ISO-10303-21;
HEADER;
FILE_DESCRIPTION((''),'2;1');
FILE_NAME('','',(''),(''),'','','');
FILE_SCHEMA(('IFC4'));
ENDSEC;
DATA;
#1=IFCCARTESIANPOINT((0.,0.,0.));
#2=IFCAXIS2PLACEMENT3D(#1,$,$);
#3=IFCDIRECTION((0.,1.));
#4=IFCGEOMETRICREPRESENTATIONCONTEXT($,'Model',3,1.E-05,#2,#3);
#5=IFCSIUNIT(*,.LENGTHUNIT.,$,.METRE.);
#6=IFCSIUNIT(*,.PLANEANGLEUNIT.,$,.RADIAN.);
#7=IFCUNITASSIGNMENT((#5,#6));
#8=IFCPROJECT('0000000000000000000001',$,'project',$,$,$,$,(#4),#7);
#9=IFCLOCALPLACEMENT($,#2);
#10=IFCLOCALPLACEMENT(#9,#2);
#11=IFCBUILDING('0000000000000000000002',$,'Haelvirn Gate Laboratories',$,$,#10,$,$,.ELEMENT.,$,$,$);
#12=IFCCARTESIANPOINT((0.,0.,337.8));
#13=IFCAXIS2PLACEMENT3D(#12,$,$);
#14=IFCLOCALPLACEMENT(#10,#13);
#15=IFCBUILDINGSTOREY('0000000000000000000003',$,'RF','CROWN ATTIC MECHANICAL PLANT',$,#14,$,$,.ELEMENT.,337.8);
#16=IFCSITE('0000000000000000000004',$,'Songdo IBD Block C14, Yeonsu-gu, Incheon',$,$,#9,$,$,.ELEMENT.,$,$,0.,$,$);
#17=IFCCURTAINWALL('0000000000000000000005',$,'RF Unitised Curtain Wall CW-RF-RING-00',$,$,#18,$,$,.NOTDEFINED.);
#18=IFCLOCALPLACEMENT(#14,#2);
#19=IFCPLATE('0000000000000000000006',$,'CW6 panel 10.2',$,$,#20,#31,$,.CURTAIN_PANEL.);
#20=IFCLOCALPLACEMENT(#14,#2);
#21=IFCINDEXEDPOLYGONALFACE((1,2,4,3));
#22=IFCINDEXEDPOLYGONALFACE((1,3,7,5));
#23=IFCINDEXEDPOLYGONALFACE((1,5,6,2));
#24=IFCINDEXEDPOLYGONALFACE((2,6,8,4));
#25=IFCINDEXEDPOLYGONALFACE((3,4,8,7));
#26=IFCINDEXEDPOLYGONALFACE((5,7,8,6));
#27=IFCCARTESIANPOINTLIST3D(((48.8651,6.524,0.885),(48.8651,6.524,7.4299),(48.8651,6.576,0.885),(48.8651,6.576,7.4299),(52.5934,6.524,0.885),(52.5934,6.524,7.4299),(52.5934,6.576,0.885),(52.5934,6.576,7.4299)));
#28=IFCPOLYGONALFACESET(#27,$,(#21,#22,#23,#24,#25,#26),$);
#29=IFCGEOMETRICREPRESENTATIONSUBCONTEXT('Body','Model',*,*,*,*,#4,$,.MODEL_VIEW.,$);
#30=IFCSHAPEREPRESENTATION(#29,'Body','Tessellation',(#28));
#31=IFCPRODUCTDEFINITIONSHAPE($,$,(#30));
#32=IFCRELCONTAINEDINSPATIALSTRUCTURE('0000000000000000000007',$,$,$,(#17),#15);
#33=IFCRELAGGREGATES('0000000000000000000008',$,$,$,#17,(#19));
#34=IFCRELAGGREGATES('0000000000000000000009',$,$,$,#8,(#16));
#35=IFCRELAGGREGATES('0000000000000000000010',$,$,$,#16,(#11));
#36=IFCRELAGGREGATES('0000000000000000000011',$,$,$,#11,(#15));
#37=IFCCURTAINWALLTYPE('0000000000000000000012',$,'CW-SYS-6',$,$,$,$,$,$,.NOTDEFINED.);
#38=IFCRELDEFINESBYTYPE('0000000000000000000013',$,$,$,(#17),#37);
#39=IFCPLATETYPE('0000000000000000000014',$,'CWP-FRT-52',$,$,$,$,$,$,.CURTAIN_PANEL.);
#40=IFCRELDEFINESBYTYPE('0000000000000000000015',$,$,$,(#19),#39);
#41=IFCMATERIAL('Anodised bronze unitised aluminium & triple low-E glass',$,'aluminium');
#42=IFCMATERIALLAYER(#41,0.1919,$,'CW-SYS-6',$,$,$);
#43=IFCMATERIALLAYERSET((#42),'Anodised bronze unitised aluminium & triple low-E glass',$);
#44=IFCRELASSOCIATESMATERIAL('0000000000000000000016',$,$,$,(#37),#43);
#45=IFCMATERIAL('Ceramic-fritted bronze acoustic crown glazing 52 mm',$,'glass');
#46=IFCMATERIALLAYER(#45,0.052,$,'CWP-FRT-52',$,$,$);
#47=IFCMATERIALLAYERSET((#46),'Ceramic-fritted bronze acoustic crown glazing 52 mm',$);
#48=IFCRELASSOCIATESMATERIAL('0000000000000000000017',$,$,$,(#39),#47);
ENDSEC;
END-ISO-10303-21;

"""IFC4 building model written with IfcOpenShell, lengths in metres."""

from ifc_helpers import new_model, si_unit, direction, frame, origin, origin_2d, place, context, subcontext, project, spatial, rectangle, extrude, source, transform, mapped, material, layer, layer_set, type_object, element, aggregate, save


model = new_model("IFC4")

# Units and contexts
model_context = context("Model", 3, precision=1e-05, world=origin(), true_north=direction((0.0, 1.0)))
body_context = subcontext(model_context, "Body", "Model", "MODEL_VIEW")
ifc_project = project(units=[si_unit("LENGTHUNIT", "METRE"), si_unit("PLANEANGLEUNIT", "RADIAN")], contexts=[model_context])

# Site, building, storey
site_placement = place(None, origin())
site = spatial("IfcSite", under=ifc_project, at=site_placement, Name="Songdo IBD Block C14, Yeonsu-gu, Incheon", CompositionType="ELEMENT", RefElevation=0.0)
building_placement = place(site_placement, origin())
building = spatial("IfcBuilding", under=site, at=building_placement, Name="Haelvirn Gate Laboratories", CompositionType="ELEMENT")
storey_placement = place(building_placement, frame((0.0, 0.0, 337.8)))
storey = spatial("IfcBuildingStorey", under=building, at=storey_placement, Name="RF", Description="CROWN ATTIC MECHANICAL PLANT", CompositionType="ELEMENT", Elevation=337.8)

# Curtain wall
ifc_material_1 = material(Name="Anodised bronze unitised aluminium & triple low-E glass", Category="aluminium")
ifc_layer_1 = layer(ifc_material_1, 0.1919, Name="CW-SYS-6")
ifc_layer_set_1 = layer_set([ifc_layer_1], Name="Anodised bronze unitised aluminium & triple low-E glass")
curtain_wall_type = type_object("IfcCurtainWallType", Name="CW-SYS-6", PredefinedType="NOTDEFINED", material=ifc_layer_set_1)
curtain_wall_placement = place(storey_placement, origin())
curtain_wall = element("IfcCurtainWall", 1, at=curtain_wall_placement, inside=storey, type_object=curtain_wall_type, Name="RF Unitised Curtain Wall CW-RF-RING-00", PredefinedType="NOTDEFINED")

# Plate
ifc_material_2 = material(Name="Ceramic-fritted bronze acoustic crown glazing 52 mm", Category="glass")
ifc_layer_2 = layer(ifc_material_2, 0.052, Name="CWP-FRT-52")
ifc_layer_set_2 = layer_set([ifc_layer_2], Name="Ceramic-fritted bronze acoustic crown glazing 52 mm")
plate_type_1 = type_object("IfcPlateType", Name="CWP-FRT-52", PredefinedType="CURTAIN_PANEL", material=ifc_layer_set_2)
shared_shape_1 = source(origin(), body_context, "Body", "SweptSolid", [
    extrude(rectangle(XDim=3.7283, YDim=0.052, at=origin_2d()), origin(), (0.0, 0.0, 1.0), 6.5449),
])
plate_1_placement = place(storey_placement, frame((50.7292, 6.55, 0.885), z_axis=(0.0, 0.0, 1.0), x_axis=(1.0, 0.0, 0.0)))
plate_1 = element("IfcPlate", 2, at=plate_1_placement, type_object=plate_type_1, Name="CW6 panel 10.2", PredefinedType="CURTAIN_PANEL", context=body_context, shape_type="MappedRepresentation", body=[
    mapped(shared_shape_1, transform((0.0, 0.0, 0.0), scale=1.0)),
])
aggregate(curtain_wall, [plate_1])

save(model, "model.ifc")
